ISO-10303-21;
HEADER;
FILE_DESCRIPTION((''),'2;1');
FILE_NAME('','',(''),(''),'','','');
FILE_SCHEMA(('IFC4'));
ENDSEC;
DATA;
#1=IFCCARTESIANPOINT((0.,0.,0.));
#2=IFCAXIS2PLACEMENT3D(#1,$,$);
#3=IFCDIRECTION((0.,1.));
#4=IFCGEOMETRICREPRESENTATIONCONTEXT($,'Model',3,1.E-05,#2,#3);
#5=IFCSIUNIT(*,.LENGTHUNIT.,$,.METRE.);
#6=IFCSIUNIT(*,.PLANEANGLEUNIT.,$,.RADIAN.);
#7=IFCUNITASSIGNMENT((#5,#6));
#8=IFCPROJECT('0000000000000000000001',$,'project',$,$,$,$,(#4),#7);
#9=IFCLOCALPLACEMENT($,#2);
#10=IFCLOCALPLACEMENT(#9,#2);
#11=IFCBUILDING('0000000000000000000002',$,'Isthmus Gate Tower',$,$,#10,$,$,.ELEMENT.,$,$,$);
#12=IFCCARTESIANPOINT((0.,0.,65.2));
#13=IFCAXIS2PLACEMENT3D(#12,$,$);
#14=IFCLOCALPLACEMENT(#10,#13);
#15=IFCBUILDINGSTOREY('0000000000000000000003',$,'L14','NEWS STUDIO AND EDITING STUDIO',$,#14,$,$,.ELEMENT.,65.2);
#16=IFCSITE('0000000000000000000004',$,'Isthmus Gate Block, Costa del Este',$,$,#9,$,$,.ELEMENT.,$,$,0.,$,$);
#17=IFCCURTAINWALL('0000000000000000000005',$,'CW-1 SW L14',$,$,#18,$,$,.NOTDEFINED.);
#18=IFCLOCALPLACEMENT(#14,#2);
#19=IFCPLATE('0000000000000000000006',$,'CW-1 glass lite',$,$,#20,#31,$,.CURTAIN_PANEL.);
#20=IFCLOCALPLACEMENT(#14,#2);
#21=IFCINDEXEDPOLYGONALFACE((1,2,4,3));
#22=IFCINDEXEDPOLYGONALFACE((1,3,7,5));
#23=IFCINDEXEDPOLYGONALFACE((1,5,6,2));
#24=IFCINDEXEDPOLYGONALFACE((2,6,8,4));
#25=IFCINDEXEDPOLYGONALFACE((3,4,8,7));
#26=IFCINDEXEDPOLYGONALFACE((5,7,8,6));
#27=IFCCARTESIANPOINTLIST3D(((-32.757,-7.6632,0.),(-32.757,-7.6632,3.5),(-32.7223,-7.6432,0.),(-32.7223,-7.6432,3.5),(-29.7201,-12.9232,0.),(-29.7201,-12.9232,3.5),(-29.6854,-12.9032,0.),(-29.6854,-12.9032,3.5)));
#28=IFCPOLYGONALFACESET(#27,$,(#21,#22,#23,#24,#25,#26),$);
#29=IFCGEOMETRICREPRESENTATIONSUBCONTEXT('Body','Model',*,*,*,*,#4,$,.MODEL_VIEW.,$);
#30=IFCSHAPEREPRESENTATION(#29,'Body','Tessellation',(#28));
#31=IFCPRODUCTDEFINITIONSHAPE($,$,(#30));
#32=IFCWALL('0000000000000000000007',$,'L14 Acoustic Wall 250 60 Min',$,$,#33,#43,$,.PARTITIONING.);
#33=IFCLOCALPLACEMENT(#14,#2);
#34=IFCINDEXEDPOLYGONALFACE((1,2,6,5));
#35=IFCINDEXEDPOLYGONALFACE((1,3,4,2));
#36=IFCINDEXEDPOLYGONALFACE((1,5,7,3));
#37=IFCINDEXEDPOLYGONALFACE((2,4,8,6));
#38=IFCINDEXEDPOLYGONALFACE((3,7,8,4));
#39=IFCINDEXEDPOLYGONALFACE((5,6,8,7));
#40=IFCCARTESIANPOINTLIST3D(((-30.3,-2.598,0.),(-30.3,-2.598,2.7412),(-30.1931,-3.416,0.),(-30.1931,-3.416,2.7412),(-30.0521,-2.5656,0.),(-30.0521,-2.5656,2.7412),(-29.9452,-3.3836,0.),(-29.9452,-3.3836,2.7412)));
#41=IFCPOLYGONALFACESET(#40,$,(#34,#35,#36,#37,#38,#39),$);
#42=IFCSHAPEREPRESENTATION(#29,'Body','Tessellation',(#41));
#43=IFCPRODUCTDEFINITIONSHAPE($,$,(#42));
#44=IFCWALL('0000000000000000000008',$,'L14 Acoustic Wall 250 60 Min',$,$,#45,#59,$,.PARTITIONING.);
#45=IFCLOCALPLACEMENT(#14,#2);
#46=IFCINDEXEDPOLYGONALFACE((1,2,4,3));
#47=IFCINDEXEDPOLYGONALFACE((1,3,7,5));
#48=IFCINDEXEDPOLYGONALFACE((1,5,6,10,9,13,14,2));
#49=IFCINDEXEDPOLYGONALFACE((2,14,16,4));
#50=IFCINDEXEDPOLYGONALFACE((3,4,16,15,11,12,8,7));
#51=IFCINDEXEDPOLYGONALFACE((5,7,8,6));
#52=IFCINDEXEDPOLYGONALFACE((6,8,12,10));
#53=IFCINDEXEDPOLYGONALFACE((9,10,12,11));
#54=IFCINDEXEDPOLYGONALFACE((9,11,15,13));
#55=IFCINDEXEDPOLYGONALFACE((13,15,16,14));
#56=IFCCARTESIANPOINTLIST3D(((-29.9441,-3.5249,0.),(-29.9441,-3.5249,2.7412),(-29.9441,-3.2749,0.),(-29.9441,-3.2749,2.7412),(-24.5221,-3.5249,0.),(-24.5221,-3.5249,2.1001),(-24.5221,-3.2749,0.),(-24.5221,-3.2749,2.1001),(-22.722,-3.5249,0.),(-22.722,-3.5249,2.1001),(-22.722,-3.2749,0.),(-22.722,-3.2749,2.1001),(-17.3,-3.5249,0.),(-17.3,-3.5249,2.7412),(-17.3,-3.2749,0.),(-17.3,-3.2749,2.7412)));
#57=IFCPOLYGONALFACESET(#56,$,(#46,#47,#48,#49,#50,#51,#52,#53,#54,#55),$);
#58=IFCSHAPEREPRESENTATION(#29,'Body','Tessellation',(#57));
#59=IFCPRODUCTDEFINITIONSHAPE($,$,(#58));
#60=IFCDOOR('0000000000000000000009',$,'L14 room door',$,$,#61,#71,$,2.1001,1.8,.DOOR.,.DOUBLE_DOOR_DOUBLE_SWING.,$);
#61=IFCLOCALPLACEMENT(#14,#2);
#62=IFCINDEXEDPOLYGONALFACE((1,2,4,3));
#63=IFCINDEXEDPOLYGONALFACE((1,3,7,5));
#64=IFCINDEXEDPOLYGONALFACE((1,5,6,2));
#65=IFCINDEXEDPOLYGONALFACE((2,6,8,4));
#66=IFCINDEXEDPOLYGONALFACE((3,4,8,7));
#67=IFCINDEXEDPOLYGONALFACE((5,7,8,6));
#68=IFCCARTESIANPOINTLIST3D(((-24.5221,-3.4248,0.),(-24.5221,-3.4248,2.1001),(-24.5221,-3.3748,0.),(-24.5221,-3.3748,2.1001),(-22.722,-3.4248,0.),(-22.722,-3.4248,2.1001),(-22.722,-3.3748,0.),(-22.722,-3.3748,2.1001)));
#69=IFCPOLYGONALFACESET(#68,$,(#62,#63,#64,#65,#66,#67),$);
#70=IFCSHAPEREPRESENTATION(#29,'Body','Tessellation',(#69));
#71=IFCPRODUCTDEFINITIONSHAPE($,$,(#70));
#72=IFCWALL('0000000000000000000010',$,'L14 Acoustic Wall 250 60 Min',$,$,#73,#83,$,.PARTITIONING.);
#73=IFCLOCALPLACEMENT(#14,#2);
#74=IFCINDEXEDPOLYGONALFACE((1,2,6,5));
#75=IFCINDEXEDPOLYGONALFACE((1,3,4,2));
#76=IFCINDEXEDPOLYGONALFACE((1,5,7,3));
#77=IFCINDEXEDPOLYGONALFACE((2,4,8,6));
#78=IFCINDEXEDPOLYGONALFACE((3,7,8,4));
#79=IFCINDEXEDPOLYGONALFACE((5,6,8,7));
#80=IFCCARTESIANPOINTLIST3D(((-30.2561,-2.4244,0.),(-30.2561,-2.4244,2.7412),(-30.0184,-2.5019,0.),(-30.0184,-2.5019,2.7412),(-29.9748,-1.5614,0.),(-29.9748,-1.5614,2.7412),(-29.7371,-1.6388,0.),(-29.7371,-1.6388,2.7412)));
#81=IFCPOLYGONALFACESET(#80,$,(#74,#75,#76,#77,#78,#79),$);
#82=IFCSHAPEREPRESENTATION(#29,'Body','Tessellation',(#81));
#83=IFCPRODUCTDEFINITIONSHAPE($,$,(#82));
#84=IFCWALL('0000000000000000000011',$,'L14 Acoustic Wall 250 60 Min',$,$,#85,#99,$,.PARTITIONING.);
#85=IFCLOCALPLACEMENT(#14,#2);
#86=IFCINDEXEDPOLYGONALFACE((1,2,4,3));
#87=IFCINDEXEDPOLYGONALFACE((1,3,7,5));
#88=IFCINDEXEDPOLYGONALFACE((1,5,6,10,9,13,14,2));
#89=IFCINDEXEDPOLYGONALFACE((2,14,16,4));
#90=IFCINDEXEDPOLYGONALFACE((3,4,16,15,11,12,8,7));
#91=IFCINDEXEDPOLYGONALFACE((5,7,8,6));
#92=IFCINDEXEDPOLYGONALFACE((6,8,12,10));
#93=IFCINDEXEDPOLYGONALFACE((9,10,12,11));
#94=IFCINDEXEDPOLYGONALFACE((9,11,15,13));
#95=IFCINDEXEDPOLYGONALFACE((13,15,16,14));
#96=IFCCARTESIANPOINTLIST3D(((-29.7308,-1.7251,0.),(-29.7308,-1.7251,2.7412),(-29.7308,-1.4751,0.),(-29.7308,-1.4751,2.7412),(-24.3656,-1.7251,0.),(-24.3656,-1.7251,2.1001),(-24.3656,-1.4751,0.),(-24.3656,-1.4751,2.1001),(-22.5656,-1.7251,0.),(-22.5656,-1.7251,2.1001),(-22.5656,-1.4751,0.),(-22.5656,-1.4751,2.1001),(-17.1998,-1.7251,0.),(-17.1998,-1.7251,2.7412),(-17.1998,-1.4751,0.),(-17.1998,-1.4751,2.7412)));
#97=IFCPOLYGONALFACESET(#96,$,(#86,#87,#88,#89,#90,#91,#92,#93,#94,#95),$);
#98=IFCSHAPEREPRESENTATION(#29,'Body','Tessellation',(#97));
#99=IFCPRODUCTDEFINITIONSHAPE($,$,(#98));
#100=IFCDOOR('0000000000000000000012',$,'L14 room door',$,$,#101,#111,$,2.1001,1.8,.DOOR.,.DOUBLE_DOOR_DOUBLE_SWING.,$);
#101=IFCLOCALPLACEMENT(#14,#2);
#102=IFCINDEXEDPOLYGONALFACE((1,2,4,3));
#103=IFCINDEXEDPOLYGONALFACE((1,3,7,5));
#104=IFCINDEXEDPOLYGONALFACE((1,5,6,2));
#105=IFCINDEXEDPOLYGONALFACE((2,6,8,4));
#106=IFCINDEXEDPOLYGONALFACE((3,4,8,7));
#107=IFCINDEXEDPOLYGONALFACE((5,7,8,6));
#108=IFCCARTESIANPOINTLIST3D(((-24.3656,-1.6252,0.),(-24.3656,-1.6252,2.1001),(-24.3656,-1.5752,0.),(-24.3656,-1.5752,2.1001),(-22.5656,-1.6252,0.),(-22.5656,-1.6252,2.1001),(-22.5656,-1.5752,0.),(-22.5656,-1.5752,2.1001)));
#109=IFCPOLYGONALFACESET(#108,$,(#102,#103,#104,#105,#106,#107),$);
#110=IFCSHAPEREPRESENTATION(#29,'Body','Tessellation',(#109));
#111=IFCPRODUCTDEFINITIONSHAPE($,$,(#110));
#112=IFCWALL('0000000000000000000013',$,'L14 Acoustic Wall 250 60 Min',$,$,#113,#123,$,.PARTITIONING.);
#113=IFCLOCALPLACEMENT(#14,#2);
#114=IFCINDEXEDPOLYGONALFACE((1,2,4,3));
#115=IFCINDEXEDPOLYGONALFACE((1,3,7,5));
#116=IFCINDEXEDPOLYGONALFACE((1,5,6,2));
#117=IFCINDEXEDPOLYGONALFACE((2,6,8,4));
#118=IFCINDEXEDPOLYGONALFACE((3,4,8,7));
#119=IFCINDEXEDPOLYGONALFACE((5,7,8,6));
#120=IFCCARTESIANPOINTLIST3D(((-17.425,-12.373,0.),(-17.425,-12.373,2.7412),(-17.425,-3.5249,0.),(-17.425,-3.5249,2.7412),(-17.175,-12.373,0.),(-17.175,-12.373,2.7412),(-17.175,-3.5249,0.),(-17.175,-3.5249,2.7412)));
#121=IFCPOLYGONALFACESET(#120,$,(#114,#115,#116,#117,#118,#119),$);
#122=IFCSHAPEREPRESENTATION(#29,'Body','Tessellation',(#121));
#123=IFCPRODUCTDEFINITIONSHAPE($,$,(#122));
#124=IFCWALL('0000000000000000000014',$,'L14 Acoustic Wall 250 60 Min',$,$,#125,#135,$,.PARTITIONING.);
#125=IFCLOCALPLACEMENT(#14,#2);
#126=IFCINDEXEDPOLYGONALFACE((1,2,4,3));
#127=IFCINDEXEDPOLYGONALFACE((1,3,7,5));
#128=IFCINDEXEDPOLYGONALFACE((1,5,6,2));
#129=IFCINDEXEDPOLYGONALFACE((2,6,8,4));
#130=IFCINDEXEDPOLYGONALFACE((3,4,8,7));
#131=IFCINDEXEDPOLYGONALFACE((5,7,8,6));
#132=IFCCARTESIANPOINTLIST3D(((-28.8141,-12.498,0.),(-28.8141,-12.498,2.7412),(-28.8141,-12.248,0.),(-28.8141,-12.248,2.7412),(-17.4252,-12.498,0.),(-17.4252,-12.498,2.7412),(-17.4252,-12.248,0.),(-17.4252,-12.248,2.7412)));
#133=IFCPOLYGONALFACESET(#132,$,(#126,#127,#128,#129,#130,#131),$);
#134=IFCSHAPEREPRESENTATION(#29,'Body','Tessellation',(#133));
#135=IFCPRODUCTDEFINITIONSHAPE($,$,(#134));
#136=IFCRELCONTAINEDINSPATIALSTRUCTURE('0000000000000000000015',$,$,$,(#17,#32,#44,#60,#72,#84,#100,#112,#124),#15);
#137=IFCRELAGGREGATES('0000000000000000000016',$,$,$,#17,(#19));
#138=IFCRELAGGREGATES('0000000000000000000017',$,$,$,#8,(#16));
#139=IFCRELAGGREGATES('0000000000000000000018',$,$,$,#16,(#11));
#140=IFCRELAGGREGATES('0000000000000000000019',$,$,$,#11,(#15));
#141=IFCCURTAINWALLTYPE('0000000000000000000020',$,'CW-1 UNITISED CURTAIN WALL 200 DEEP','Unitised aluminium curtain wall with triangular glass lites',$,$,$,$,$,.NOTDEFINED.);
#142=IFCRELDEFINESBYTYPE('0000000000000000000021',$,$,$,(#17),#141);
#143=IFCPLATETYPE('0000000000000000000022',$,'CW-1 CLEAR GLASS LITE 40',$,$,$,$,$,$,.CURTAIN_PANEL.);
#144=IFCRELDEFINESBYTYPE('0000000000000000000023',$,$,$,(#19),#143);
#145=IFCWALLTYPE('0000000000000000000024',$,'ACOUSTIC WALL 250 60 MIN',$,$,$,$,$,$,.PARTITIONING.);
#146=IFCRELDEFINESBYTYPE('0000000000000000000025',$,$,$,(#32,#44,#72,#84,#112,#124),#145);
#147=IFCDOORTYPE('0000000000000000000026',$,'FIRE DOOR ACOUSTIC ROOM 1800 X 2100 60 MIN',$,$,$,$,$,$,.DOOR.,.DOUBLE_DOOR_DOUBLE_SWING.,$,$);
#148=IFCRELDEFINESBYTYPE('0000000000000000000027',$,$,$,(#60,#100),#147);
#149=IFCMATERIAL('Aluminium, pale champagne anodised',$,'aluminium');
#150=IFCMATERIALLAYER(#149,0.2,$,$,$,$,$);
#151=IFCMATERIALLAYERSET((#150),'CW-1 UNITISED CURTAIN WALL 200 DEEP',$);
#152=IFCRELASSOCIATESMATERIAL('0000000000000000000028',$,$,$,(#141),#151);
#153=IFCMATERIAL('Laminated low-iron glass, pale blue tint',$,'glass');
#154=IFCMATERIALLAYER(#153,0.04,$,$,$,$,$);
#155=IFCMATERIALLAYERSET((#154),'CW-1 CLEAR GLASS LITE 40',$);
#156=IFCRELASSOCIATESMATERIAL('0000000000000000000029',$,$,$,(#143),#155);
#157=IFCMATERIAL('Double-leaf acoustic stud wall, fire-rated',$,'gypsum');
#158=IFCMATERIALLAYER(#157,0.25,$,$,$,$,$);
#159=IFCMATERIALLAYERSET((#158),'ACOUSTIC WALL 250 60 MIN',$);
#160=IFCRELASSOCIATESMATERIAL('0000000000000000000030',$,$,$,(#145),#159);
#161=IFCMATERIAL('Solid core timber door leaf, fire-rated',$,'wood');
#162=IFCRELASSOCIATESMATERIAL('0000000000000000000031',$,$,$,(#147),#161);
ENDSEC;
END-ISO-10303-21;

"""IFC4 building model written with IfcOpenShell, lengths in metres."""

from ifc_helpers import new_model, si_unit, direction, frame, frame_2d, origin, origin_2d, place, context, subcontext, project, spatial, rectangle, extrude, material, layer, layer_set, type_object, element, fill, aggregate, save


model = new_model("IFC4")

# Units and contexts
model_context = context("Model", 3, precision=1e-05, world=origin(), true_north=direction((0.0, 1.0)))
body_context = subcontext(model_context, "Body", "Model", "MODEL_VIEW")
ifc_project = project(units=[si_unit("LENGTHUNIT", "METRE"), si_unit("PLANEANGLEUNIT", "RADIAN")], contexts=[model_context])

# Site, building, storey
site_placement = place(None, origin())
site = spatial("IfcSite", under=ifc_project, at=site_placement, Name="Isthmus Gate Block, Costa del Este", CompositionType="ELEMENT", RefElevation=0.0)
building_placement = place(site_placement, origin())
building = spatial("IfcBuilding", under=site, at=building_placement, Name="Isthmus Gate Tower", CompositionType="ELEMENT")
storey_placement = place(building_placement, frame((0.0, 0.0, 65.2)))
storey = spatial("IfcBuildingStorey", under=building, at=storey_placement, Name="L14", Description="NEWS STUDIO AND EDITING STUDIO", CompositionType="ELEMENT", Elevation=65.2)

# Curtain wall
ifc_material_1 = material(Name="Aluminium, pale champagne anodised", Category="aluminium")
ifc_layer_1 = layer(ifc_material_1, 0.2)
ifc_layer_set_1 = layer_set([ifc_layer_1], Name="CW-1 UNITISED CURTAIN WALL 200 DEEP")
curtain_wall_type = type_object("IfcCurtainWallType", Name="CW-1 UNITISED CURTAIN WALL 200 DEEP", Description="Unitised aluminium curtain wall with triangular glass lites", PredefinedType="NOTDEFINED", material=ifc_layer_set_1)
curtain_wall_1_placement = place(storey_placement, origin())
curtain_wall_1 = element("IfcCurtainWall", 1, at=curtain_wall_1_placement, inside=storey, type_object=curtain_wall_type, Name="CW-1 SW L14", PredefinedType="NOTDEFINED")

# Shared definitions
ifc_material_2 = material(Name="Laminated low-iron glass, pale blue tint", Category="glass")
ifc_layer_2 = layer(ifc_material_2, 0.04)
ifc_layer_set_2 = layer_set([ifc_layer_2], Name="CW-1 CLEAR GLASS LITE 40")
plate_type = type_object("IfcPlateType", Name="CW-1 CLEAR GLASS LITE 40", PredefinedType="CURTAIN_PANEL", material=ifc_layer_set_2)

# Plate
plate_1_placement = place(storey_placement, frame((-31.2212, -10.2832, 0.0), z_axis=(0.0, 0.0, 1.0), x_axis=(0.5, -0.866025, 0.0)))
plate_1 = element("IfcPlate", 2, at=plate_1_placement, type_object=plate_type, Name="CW-1 glass lite", PredefinedType="CURTAIN_PANEL", context=body_context, shape_type="SweptSolid", body=[
    extrude(rectangle(XDim=6.0737, YDim=0.04, at=origin_2d()), origin(), (0.0, 0.0, 1.0), 3.5),
])
aggregate(curtain_wall_1, [plate_1])

# Wall
ifc_material_3 = material(Name="Double-leaf acoustic stud wall, fire-rated", Category="gypsum")
ifc_layer_3 = layer(ifc_material_3, 0.25)
ifc_layer_set_3 = layer_set([ifc_layer_3], Name="ACOUSTIC WALL 250 60 MIN")
wall_type = type_object("IfcWallType", Name="ACOUSTIC WALL 250 60 MIN", PredefinedType="PARTITIONING", material=ifc_layer_set_3)
wall_1_placement = place(storey_placement, frame((-30.0691, -3.3999, 0.0), z_axis=(0.0, 0.0, 1.0), x_axis=(-0.129643, 0.991561, 0.0)))
element("IfcWall", 3, at=wall_1_placement, inside=storey, type_object=wall_type, Name="L14 Acoustic Wall 250 60 Min", PredefinedType="PARTITIONING", context=body_context, shape_type="SweptSolid", body=[
    extrude(rectangle(XDim=0.825, YDim=0.25, at=frame_2d((0.4126, 0.0))), origin(), (0.0, 0.0, 1.0), 2.7412),
])

# Wall, opening, door
wall_2_placement = place(storey_placement, frame((-17.3, -3.3999, 0.0), z_axis=(0.0, 0.0, 1.0), x_axis=(-1.0, 0.0, 0.0)))
wall_2 = element("IfcWall", 4, at=wall_2_placement, inside=storey, type_object=wall_type, Name="L14 Acoustic Wall 250 60 Min", PredefinedType="PARTITIONING", context=body_context, shape_type="SweptSolid", body=[
    extrude(rectangle(XDim=12.644, YDim=0.25, at=frame_2d((6.322, 0.0))), origin(), (0.0, 0.0, 1.0), 2.7412),
])
opening_1_placement = place(wall_2_placement, frame((5.4221, 0.0, 0.0)))
opening_1 = element("IfcOpeningElement", 5, at=opening_1_placement, cuts=wall_2, PredefinedType="OPENING", context=body_context, shape_type="SweptSolid", body=[
    extrude(rectangle(XDim=1.8, YDim=2.1001, at=frame_2d((0.8999, 1.05))), frame((0.0, 0.135, 0.0), z_axis=(0.0, -1.0, 0.0), x_axis=(1.0, 0.0, 0.0)), (0.0, 0.0, 1.0), 0.27),
])
ifc_material_4 = material(Name="Solid core timber door leaf, fire-rated", Category="wood")
door_type = type_object("IfcDoorType", Name="FIRE DOOR ACOUSTIC ROOM 1800 X 2100 60 MIN", OperationType="DOUBLE_DOOR_DOUBLE_SWING", PredefinedType="DOOR", material=ifc_material_4)
door_1_placement = place(opening_1_placement, origin())
door_1 = element("IfcDoor", 6, at=door_1_placement, inside=storey, type_object=door_type, Name="L14 room door", OperationType="DOUBLE_DOOR_DOUBLE_SWING", OverallHeight=2.1001, OverallWidth=1.8, PredefinedType="DOOR", context=body_context, shape_type="SweptSolid", body=[
    extrude(rectangle(XDim=1.8, YDim=2.1001, at=frame_2d((0.8999, 1.05))), frame((0.0, 0.0249, 0.0), z_axis=(0.0, -1.0, 0.0), x_axis=(1.0, 0.0, 0.0)), (0.0, 0.0, 1.0), 0.05),
])
fill(opening_1, door_1)

# Wall
wall_3_placement = place(storey_placement, frame((-30.1372, -2.4631, 0.0), z_axis=(0.0, 0.0, 1.0), x_axis=(0.309846, 0.950787, 0.0)))
element("IfcWall", 7, at=wall_3_placement, inside=storey, type_object=wall_type, Name="L14 Acoustic Wall 250 60 Min", PredefinedType="PARTITIONING", context=body_context, shape_type="SweptSolid", body=[
    extrude(rectangle(XDim=0.9077, YDim=0.25, at=frame_2d((0.4539, 0.0))), origin(), (0.0, 0.0, 1.0), 2.7412),
])

# Wall, opening, door
wall_4_placement = place(storey_placement, frame((-29.731, -1.6001, 0.0), z_axis=(0.0, 0.0, 1.0), x_axis=(1.0, 0.0, 0.0)))
wall_4 = element("IfcWall", 8, at=wall_4_placement, inside=storey, type_object=wall_type, Name="L14 Acoustic Wall 250 60 Min", PredefinedType="PARTITIONING", context=body_context, shape_type="SweptSolid", body=[
    extrude(rectangle(XDim=12.531, YDim=0.25, at=frame_2d((6.2656, 0.0))), origin(), (0.0, 0.0, 1.0), 2.7412),
])
opening_2_placement = place(wall_4_placement, frame((5.3655, 0.0, 0.0)))
opening_2 = element("IfcOpeningElement", 9, at=opening_2_placement, cuts=wall_4, PredefinedType="OPENING", context=body_context, shape_type="SweptSolid", body=[
    extrude(rectangle(XDim=1.8, YDim=2.1001, at=frame_2d((0.8999, 1.05))), frame((0.0, 0.135, 0.0), z_axis=(0.0, -1.0, 0.0), x_axis=(1.0, 0.0, 0.0)), (0.0, 0.0, 1.0), 0.27),
])
door_2_placement = place(opening_2_placement, origin())
door_2 = element("IfcDoor", 10, at=door_2_placement, inside=storey, type_object=door_type, Name="L14 room door", OperationType="DOUBLE_DOOR_DOUBLE_SWING", OverallHeight=2.1001, OverallWidth=1.8, PredefinedType="DOOR", context=body_context, shape_type="SweptSolid", body=[
    extrude(rectangle(XDim=1.8, YDim=2.1001, at=frame_2d((0.8999, 1.05))), frame((0.0, 0.0249, 0.0), z_axis=(0.0, -1.0, 0.0), x_axis=(1.0, 0.0, 0.0)), (0.0, 0.0, 1.0), 0.05),
])
fill(opening_2, door_2)

# Walls
wall_5_placement = place(storey_placement, frame((-17.3, -12.373, 0.0), z_axis=(0.0, 0.0, 1.0), x_axis=(0.0, 1.0, 0.0)))
element("IfcWall", 11, at=wall_5_placement, inside=storey, type_object=wall_type, Name="L14 Acoustic Wall 250 60 Min", PredefinedType="PARTITIONING", context=body_context, shape_type="SweptSolid", body=[
    extrude(rectangle(XDim=8.8481, YDim=0.25, at=frame_2d((4.4241, 0.0))), origin(), (0.0, 0.0, 1.0), 2.7412),
])
wall_6_placement = place(storey_placement, frame((-28.814, -12.373, 0.0), z_axis=(0.0, 0.0, 1.0), x_axis=(1.0, 0.0, 0.0)))
element("IfcWall", 12, at=wall_6_placement, inside=storey, type_object=wall_type, Name="L14 Acoustic Wall 250 60 Min", PredefinedType="PARTITIONING", context=body_context, shape_type="SweptSolid", body=[
    extrude(rectangle(XDim=11.3889, YDim=0.25, at=frame_2d((5.6943, 0.0))), origin(), (0.0, 0.0, 1.0), 2.7412),
])

save(model, "model.ifc")
